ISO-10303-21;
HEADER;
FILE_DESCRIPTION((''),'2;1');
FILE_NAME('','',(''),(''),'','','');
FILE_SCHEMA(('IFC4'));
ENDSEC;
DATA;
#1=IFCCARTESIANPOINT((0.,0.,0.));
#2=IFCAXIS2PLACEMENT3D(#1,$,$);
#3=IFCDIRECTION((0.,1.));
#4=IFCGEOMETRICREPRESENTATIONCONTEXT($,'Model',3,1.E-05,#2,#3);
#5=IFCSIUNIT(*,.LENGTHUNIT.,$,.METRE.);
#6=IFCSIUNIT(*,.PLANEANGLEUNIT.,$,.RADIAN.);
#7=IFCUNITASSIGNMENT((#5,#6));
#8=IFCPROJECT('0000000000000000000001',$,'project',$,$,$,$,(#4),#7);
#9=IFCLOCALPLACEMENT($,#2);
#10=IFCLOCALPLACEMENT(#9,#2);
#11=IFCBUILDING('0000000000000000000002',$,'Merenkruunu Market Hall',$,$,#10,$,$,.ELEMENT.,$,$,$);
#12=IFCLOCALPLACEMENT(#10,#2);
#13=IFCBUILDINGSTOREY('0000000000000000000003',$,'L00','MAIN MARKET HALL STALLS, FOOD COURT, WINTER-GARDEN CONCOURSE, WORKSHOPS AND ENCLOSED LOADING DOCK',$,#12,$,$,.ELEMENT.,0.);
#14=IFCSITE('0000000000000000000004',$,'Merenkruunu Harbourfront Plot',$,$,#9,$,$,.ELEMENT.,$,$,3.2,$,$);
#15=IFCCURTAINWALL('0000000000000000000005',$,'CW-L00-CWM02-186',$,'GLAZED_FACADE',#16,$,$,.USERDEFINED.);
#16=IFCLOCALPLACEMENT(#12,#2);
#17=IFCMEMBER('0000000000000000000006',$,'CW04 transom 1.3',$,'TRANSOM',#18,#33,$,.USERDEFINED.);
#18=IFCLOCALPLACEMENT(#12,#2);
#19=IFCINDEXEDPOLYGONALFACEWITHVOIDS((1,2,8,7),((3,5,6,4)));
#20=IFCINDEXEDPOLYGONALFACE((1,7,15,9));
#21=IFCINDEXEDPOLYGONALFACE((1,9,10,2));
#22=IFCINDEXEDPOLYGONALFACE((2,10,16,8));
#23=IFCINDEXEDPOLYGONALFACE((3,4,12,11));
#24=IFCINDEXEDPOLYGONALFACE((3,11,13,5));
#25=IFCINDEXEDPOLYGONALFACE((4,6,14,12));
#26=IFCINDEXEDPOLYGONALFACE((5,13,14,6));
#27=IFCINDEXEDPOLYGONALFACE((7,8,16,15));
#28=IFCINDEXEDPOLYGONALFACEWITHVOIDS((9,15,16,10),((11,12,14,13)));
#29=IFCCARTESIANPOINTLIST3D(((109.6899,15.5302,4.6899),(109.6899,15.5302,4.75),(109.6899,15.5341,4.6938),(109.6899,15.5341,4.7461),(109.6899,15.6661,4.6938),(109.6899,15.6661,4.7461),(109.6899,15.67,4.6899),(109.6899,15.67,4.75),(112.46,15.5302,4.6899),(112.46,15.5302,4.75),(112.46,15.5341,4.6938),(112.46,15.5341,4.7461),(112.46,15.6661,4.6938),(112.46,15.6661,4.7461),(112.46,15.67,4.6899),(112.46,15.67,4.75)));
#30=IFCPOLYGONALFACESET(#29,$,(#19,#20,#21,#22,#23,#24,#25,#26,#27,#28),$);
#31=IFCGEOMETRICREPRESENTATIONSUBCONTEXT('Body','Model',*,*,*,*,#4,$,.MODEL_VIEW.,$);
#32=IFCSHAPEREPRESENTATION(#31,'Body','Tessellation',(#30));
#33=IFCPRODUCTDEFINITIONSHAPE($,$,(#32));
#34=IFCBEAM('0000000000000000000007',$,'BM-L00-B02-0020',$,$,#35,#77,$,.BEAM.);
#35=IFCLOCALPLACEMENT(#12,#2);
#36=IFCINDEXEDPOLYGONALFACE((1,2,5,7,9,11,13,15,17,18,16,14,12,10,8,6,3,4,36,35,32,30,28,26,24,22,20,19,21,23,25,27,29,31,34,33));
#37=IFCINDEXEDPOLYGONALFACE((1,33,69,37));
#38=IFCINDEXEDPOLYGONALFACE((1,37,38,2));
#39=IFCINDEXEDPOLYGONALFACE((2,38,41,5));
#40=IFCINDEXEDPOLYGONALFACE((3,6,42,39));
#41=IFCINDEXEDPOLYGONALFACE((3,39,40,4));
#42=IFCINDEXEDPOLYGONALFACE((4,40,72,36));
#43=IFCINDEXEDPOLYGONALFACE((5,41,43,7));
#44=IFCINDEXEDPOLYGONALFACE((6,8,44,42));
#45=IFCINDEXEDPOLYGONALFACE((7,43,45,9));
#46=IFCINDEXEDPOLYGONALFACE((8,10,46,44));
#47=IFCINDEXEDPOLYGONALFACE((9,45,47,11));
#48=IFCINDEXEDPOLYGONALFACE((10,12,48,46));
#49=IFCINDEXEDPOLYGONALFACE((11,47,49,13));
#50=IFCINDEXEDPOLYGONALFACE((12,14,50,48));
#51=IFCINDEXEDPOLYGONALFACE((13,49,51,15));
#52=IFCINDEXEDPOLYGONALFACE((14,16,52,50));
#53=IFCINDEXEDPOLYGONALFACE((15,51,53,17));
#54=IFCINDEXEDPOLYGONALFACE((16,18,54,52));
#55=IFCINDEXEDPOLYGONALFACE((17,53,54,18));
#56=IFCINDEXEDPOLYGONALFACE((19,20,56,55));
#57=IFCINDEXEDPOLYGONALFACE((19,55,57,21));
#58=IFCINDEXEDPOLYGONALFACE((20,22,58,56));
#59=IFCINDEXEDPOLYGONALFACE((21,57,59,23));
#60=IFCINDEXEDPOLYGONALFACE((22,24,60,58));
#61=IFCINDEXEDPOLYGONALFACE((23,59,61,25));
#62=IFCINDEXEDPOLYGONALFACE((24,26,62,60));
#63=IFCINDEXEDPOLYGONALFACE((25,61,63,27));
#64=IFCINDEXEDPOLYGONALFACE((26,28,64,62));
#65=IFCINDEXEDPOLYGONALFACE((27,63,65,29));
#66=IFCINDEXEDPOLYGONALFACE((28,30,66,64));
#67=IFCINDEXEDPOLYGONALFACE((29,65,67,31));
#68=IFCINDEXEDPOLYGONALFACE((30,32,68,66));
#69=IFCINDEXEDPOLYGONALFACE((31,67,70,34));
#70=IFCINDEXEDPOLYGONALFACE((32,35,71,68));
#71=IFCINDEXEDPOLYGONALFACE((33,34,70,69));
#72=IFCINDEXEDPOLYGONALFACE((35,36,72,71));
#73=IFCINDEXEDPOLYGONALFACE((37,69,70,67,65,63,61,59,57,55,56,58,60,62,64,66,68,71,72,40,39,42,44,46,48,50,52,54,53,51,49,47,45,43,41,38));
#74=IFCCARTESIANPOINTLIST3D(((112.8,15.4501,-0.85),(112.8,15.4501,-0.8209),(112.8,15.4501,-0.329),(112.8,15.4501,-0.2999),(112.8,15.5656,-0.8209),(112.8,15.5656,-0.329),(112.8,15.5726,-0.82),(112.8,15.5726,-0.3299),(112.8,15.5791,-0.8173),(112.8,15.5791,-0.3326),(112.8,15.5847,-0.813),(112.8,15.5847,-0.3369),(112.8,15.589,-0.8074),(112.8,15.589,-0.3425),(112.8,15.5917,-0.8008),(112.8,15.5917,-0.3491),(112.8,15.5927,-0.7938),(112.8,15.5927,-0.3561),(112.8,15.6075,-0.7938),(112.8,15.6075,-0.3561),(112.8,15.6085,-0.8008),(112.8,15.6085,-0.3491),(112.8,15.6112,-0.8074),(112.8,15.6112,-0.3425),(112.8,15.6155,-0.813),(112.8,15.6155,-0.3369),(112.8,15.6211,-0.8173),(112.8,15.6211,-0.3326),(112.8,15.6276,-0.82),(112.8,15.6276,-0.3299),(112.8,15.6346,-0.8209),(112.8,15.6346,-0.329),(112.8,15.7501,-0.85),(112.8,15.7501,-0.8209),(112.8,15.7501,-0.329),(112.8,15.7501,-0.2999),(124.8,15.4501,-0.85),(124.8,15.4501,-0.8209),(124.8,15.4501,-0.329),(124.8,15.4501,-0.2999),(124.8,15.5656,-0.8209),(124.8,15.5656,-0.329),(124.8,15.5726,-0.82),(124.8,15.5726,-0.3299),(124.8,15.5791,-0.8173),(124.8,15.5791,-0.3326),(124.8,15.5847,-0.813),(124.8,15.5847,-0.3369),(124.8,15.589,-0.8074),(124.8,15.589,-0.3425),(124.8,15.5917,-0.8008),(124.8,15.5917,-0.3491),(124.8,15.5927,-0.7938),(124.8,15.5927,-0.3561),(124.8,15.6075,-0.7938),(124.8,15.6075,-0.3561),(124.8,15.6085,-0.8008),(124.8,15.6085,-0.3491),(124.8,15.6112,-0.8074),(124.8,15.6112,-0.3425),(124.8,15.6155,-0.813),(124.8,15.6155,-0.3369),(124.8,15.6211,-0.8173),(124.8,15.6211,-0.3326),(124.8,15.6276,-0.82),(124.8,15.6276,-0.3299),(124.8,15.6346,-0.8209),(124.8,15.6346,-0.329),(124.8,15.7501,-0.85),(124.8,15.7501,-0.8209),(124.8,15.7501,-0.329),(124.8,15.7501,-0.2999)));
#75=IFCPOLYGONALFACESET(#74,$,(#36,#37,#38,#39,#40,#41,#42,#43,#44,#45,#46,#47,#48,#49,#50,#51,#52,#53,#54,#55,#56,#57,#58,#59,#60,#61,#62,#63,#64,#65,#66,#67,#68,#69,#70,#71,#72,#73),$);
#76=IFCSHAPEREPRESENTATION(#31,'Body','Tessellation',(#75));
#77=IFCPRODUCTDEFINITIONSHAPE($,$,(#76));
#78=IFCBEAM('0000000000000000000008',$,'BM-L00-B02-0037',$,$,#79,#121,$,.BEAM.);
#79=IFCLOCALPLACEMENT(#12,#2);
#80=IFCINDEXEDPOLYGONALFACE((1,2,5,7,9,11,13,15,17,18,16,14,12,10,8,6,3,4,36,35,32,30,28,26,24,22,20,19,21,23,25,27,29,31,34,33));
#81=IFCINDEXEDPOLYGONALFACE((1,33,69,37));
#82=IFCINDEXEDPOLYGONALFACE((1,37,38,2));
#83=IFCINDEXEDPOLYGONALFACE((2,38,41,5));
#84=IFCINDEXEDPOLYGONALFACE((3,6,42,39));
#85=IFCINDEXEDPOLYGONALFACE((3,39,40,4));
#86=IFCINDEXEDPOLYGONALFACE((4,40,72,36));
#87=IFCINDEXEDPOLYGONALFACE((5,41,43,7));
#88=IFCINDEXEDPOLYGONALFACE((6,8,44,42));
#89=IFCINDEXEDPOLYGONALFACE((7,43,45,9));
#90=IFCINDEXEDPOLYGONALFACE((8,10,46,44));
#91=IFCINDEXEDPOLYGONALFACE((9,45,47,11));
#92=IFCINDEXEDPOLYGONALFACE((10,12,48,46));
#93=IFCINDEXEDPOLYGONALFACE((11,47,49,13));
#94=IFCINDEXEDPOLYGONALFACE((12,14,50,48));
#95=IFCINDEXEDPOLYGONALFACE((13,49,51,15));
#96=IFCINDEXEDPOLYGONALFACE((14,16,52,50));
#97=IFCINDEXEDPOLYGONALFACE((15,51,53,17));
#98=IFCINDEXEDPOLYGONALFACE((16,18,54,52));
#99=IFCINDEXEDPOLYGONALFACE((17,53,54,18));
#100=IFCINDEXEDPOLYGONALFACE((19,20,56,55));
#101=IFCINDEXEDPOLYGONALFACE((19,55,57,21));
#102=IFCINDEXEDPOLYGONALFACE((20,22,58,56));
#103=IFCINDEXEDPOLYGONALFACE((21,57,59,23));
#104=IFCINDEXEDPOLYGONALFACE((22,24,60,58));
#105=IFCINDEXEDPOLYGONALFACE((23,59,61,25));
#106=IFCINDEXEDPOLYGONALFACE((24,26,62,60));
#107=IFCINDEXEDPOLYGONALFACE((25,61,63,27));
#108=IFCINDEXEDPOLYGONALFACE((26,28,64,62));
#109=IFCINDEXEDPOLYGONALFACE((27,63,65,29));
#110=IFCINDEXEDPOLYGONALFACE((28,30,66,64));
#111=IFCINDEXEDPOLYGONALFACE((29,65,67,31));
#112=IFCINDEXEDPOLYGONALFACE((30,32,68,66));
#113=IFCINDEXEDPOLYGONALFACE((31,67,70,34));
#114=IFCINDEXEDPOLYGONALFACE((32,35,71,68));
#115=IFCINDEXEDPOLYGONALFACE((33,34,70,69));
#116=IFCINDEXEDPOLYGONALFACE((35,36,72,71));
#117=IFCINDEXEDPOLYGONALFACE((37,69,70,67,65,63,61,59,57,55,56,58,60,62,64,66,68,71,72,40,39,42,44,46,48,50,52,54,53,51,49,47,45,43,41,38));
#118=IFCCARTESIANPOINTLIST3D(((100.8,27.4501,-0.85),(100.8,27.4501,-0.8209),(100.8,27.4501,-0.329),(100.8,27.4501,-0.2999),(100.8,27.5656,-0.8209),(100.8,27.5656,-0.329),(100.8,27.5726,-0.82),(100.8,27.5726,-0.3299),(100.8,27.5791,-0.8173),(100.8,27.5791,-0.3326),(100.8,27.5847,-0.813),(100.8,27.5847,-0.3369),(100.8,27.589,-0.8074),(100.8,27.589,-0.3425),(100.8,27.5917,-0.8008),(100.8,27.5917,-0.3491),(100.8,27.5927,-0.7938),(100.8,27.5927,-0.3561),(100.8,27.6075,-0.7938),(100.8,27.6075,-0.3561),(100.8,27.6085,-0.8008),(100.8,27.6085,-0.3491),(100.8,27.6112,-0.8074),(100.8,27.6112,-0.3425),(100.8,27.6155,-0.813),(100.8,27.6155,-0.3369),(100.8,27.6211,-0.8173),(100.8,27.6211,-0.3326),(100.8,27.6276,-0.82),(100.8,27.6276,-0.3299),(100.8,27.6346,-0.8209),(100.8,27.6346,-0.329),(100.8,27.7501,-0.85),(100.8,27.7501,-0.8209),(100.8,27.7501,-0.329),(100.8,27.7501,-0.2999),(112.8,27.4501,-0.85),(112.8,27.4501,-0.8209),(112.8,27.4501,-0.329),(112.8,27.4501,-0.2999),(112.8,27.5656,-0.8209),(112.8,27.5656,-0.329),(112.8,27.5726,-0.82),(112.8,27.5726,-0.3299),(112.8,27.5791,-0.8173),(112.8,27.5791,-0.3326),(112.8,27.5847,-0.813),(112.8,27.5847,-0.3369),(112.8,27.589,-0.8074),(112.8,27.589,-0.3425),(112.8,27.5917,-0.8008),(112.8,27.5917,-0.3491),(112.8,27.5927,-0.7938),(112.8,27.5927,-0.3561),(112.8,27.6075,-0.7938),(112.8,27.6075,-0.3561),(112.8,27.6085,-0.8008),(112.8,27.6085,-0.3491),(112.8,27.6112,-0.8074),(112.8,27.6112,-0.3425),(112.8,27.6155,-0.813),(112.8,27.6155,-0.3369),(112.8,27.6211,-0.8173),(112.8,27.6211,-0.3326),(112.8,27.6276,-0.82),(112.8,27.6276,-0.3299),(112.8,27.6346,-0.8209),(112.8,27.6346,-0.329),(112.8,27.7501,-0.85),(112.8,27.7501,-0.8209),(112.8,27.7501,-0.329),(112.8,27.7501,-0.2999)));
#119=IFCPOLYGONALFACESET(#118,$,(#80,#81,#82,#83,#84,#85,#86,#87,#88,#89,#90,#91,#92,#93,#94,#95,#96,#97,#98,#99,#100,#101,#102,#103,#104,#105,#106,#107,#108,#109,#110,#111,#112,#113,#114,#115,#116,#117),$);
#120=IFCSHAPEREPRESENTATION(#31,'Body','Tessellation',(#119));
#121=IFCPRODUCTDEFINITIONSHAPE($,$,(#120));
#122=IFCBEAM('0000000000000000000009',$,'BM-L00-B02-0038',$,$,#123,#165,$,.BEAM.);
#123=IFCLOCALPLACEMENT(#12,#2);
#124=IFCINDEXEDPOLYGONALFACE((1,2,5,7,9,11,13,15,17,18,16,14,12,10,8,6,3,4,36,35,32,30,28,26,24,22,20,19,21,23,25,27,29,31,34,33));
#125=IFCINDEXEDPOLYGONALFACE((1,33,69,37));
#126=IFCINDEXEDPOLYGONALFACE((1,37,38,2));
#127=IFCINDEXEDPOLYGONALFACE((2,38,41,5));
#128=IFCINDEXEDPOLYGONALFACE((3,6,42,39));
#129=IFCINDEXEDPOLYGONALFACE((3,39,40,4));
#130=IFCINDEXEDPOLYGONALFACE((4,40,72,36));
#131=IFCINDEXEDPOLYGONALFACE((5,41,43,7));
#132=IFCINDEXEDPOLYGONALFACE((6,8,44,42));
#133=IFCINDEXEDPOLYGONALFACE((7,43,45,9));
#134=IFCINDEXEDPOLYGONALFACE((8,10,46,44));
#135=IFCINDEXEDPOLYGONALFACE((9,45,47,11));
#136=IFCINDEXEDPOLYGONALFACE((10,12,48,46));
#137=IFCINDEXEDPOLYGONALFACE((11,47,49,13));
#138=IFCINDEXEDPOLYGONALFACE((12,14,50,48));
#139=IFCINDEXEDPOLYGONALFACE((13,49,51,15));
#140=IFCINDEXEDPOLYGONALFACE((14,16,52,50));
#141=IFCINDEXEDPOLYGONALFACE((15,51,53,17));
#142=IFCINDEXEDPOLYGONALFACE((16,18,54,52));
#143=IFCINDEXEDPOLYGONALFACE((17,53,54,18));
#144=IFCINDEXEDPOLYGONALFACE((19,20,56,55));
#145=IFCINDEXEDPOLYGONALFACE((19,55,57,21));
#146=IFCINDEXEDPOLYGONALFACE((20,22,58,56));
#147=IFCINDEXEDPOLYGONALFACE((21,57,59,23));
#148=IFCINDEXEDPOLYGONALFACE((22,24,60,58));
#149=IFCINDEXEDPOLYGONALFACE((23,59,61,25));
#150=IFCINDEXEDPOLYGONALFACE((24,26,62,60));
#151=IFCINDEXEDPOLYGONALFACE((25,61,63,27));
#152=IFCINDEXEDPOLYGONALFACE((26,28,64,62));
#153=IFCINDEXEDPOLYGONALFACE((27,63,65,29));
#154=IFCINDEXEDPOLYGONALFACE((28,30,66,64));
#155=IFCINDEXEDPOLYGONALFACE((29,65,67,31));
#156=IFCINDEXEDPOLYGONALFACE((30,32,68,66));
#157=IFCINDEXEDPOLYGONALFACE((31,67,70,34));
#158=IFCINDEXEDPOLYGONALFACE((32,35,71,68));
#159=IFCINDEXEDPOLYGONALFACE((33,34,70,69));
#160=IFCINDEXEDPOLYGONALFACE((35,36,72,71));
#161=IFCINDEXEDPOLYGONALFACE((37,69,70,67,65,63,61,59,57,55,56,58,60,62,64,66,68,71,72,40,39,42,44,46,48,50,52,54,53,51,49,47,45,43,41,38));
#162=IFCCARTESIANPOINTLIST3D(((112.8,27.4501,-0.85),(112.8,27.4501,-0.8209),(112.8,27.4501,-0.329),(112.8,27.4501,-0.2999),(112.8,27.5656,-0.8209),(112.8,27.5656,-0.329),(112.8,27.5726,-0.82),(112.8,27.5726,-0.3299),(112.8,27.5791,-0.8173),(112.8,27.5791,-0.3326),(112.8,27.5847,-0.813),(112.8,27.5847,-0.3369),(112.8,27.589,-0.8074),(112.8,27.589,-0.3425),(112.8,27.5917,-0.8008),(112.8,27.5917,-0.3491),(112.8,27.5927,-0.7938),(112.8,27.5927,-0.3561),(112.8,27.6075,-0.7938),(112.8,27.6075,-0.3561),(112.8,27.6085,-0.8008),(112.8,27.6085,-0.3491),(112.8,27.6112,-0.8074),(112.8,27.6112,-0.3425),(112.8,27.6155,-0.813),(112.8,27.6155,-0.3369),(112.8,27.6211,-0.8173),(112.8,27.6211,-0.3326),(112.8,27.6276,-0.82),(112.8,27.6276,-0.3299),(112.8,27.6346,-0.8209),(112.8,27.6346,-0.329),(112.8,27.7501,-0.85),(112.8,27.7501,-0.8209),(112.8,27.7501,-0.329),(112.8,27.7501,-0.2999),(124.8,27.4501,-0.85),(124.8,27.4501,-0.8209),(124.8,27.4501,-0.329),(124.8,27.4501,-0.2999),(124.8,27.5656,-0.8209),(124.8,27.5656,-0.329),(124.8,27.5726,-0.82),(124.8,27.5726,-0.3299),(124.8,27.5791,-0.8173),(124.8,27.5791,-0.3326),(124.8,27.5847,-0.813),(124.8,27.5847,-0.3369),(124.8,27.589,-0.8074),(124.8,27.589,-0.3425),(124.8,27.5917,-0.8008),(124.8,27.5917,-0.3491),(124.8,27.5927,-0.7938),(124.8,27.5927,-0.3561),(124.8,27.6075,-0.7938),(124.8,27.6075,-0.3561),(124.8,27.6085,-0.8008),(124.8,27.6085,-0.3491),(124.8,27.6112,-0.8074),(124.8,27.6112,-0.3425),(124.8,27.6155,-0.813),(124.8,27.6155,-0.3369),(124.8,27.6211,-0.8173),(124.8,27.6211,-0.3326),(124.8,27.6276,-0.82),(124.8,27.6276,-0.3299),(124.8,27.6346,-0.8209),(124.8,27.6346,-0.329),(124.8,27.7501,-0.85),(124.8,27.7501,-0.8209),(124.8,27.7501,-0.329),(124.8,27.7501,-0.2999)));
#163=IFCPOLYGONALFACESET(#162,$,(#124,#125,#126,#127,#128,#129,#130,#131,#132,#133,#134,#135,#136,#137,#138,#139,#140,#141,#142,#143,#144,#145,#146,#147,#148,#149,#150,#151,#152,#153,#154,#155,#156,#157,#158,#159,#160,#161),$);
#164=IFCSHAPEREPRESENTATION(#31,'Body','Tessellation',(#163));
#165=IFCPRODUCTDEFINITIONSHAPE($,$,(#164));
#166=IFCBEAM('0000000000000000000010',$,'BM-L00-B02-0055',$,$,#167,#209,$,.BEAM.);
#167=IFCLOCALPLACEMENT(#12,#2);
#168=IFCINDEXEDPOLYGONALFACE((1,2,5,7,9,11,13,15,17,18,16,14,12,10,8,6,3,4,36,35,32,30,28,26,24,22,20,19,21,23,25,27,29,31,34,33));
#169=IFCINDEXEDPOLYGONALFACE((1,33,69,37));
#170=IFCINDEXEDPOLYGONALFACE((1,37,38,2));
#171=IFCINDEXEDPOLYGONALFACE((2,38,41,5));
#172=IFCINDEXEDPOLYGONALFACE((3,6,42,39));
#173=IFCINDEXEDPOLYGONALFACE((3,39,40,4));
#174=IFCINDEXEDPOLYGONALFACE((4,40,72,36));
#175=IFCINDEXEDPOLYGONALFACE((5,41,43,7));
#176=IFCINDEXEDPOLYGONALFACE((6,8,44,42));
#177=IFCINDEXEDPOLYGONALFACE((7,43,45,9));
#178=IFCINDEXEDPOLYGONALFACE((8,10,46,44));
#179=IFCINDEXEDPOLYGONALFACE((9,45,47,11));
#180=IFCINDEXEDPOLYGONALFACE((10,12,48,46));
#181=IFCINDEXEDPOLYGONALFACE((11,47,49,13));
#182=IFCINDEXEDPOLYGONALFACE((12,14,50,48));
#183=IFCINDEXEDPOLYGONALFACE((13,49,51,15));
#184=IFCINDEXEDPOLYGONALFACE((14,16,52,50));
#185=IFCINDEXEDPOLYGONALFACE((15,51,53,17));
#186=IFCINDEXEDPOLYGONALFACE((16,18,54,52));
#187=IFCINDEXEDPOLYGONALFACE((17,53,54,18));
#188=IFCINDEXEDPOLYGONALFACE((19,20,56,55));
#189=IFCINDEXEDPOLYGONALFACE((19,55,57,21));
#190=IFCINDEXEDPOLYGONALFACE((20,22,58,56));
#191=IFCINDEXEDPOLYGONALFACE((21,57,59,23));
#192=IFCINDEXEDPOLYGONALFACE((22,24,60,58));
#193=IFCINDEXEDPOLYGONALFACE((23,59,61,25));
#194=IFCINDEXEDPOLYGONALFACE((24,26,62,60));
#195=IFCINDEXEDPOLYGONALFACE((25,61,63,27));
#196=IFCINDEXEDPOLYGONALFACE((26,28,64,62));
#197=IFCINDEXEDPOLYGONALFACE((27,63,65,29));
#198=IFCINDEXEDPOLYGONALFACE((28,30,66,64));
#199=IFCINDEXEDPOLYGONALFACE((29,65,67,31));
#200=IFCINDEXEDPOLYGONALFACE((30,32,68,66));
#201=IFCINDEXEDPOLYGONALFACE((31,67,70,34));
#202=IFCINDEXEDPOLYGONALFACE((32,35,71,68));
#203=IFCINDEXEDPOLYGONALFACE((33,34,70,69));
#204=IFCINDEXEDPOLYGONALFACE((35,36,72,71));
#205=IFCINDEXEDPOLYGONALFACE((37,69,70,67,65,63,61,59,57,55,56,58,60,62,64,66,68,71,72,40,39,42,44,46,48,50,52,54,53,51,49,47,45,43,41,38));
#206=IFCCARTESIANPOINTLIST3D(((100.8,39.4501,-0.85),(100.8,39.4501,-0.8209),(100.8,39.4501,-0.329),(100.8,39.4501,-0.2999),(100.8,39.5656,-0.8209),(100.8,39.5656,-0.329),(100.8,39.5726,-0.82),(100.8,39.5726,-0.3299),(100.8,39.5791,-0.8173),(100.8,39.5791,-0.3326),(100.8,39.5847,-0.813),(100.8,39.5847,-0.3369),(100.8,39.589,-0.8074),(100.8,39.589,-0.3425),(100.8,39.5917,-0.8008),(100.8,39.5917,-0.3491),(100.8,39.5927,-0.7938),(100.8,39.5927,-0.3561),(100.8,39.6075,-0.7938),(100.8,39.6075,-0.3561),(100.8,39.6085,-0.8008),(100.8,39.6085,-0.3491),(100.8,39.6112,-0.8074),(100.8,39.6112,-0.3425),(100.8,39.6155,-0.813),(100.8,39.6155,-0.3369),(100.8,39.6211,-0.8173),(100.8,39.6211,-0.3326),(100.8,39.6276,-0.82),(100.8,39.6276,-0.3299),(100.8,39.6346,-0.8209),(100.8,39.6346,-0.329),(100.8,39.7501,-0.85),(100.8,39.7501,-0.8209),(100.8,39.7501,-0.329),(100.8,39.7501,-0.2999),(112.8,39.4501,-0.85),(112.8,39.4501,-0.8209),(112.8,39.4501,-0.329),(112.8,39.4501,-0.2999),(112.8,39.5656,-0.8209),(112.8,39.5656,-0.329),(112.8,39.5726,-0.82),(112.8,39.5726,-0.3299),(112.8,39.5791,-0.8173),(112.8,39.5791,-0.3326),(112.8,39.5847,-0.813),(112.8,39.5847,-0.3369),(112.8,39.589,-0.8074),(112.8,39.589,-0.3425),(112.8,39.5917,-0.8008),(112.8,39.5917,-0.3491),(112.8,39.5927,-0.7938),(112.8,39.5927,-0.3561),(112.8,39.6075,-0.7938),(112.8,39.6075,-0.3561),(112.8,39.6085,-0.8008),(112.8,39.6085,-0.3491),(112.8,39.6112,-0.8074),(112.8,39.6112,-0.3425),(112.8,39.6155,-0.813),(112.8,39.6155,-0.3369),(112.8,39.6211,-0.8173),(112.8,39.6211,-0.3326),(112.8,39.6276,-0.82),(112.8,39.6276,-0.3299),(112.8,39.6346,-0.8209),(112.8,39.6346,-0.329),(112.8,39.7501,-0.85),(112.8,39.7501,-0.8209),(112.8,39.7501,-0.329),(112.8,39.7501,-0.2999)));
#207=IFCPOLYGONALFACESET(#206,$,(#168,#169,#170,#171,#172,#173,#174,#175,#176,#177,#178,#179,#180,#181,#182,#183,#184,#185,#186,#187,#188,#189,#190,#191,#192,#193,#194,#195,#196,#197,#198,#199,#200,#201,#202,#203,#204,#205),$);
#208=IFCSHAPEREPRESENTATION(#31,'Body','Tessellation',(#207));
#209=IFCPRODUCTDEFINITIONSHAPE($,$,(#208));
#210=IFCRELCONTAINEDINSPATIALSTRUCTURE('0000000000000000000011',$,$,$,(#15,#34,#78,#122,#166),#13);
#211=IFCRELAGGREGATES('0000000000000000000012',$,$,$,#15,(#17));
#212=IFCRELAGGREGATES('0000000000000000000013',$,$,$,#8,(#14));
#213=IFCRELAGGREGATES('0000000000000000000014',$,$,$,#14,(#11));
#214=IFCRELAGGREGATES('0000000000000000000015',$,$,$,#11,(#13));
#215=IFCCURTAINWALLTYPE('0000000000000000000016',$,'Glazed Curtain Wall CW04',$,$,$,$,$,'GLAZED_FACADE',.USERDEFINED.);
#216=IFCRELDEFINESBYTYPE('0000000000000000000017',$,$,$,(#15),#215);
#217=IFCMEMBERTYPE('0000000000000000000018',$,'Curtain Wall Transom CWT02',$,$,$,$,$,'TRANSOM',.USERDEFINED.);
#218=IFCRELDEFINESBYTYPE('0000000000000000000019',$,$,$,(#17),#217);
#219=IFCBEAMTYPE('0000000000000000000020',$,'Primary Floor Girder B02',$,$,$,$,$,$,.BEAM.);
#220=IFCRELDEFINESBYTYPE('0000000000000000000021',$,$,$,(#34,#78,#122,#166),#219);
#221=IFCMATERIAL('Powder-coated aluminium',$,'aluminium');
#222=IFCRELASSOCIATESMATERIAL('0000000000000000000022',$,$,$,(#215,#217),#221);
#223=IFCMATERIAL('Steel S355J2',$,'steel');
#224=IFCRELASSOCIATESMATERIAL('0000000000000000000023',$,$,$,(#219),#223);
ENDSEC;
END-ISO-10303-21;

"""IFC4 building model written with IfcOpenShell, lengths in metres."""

from ifc_helpers import new_model, si_unit, direction, frame, origin, origin_2d, place, context, subcontext, project, spatial, hollow_rectangle, i_section, extrude, material, material_profile, profile_set, type_object, element, aggregate, save


model = new_model("IFC4")

# Units and contexts
model_context = context("Model", 3, precision=1e-05, world=origin(), true_north=direction((0.0, 1.0)))
body_context = subcontext(model_context, "Body", "Model", "MODEL_VIEW")
ifc_project = project(units=[si_unit("LENGTHUNIT", "METRE"), si_unit("PLANEANGLEUNIT", "RADIAN")], contexts=[model_context])

# Site, building, storey
site_placement = place(None, origin())
site = spatial("IfcSite", under=ifc_project, at=site_placement, Name="Merenkruunu Harbourfront Plot", CompositionType="ELEMENT", RefElevation=3.2)
building_placement = place(site_placement, origin())
building = spatial("IfcBuilding", under=site, at=building_placement, Name="Merenkruunu Market Hall", CompositionType="ELEMENT")
storey_placement = place(building_placement, origin())
storey = spatial("IfcBuildingStorey", under=building, at=storey_placement, Name="L00", Description="MAIN MARKET HALL STALLS, FOOD COURT, WINTER-GARDEN CONCOURSE, WORKSHOPS AND ENCLOSED LOADING DOCK", CompositionType="ELEMENT", Elevation=0.0)

# Shared definitions
ifc_material_1 = material(Name="Steel S355J2", Category="steel")

# Shared definitions
ifc_material_2 = material(Name="Powder-coated aluminium", Category="aluminium")

# Curtain wall, member
curtain_wall_type_1 = type_object("IfcCurtainWallType", Name="Glazed Curtain Wall CW04", ElementType="GLAZED_FACADE", PredefinedType="USERDEFINED", material=ifc_material_2)
curtain_wall_1_placement = place(storey_placement, origin())
curtain_wall_1 = element("IfcCurtainWall", 1, at=curtain_wall_1_placement, inside=storey, type_object=curtain_wall_type_1, Name="CW-L00-CWM02-186", ObjectType="GLAZED_FACADE", PredefinedType="USERDEFINED")
ifc_material_profile_1 = material_profile(ifc_material_2, hollow_rectangle(XDim=0.0601, YDim=0.1399, WallThickness=0.0039, at=origin_2d()), Name="ALU 60x140x4")
ifc_profile_set_1 = profile_set([ifc_material_profile_1], Name="Powder-coated aluminium")
member_type_1 = type_object("IfcMemberType", Name="Curtain Wall Transom CWT02", ElementType="TRANSOM", PredefinedType="USERDEFINED", material=ifc_profile_set_1)
member_1_placement = place(storey_placement, frame((112.46, 15.6001, 4.72), z_axis=(-1.0, 0.0, 0.0), x_axis=(0.0, 0.0, 1.0)))
member_1 = element("IfcMember", 2, at=member_1_placement, type_object=member_type_1, Name="CW04 transom 1.3", ObjectType="TRANSOM", PredefinedType="USERDEFINED", context=body_context, shape_type="SweptSolid", body=[
    extrude(hollow_rectangle(XDim=0.0601, YDim=0.1399, WallThickness=0.0039, at=origin_2d()), origin(), (0.0, 0.0, 1.0), 2.77),
])
aggregate(curtain_wall_1, [member_1])

# Beams
ifc_material_profile_2 = material_profile(ifc_material_1, i_section(OverallWidth=0.3, OverallDepth=0.55, WebThickness=0.0149, FlangeThickness=0.0291, FilletRadius=0.0271, at=origin_2d()), Name="HEB 550")
ifc_profile_set_2 = profile_set([ifc_material_profile_2], Name="Steel S355J2")
beam_type_1 = type_object("IfcBeamType", Name="Primary Floor Girder B02", PredefinedType="BEAM", material=ifc_profile_set_2)
for number, where, z_axis, x_axis, name in (
    (3, (112.8, 15.6001, -0.575), (1.0, 0.0, 0.0), (0.0, 1.0, 0.0), "BM-L00-B02-0020"),
    (4, (100.8, 27.6001, -0.575), (1.0, 0.0, 0.0), (0.0, 1.0, 0.0), "BM-L00-B02-0037"),
    (5, (112.8, 27.6001, -0.575), (1.0, 0.0, 0.0), (0.0, 1.0, 0.0), "BM-L00-B02-0038"),
    (6, (100.8, 39.6001, -0.575), (1.0, 0.0, 0.0), (0.0, 1.0, 0.0), "BM-L00-B02-0055"),
):
    element("IfcBeam", number, at=place(storey_placement, frame(where, z_axis=z_axis, x_axis=x_axis)), inside=storey, type_object=beam_type_1, Name=name, PredefinedType="BEAM", context=body_context, shape_type="SweptSolid", body=[
        extrude(i_section(OverallWidth=0.3, OverallDepth=0.55, WebThickness=0.0149, FlangeThickness=0.0291, FilletRadius=0.0271, at=origin_2d()), origin(), (0.0, 0.0, 1.0), 12.0),
    ])

save(model, "model.ifc")
